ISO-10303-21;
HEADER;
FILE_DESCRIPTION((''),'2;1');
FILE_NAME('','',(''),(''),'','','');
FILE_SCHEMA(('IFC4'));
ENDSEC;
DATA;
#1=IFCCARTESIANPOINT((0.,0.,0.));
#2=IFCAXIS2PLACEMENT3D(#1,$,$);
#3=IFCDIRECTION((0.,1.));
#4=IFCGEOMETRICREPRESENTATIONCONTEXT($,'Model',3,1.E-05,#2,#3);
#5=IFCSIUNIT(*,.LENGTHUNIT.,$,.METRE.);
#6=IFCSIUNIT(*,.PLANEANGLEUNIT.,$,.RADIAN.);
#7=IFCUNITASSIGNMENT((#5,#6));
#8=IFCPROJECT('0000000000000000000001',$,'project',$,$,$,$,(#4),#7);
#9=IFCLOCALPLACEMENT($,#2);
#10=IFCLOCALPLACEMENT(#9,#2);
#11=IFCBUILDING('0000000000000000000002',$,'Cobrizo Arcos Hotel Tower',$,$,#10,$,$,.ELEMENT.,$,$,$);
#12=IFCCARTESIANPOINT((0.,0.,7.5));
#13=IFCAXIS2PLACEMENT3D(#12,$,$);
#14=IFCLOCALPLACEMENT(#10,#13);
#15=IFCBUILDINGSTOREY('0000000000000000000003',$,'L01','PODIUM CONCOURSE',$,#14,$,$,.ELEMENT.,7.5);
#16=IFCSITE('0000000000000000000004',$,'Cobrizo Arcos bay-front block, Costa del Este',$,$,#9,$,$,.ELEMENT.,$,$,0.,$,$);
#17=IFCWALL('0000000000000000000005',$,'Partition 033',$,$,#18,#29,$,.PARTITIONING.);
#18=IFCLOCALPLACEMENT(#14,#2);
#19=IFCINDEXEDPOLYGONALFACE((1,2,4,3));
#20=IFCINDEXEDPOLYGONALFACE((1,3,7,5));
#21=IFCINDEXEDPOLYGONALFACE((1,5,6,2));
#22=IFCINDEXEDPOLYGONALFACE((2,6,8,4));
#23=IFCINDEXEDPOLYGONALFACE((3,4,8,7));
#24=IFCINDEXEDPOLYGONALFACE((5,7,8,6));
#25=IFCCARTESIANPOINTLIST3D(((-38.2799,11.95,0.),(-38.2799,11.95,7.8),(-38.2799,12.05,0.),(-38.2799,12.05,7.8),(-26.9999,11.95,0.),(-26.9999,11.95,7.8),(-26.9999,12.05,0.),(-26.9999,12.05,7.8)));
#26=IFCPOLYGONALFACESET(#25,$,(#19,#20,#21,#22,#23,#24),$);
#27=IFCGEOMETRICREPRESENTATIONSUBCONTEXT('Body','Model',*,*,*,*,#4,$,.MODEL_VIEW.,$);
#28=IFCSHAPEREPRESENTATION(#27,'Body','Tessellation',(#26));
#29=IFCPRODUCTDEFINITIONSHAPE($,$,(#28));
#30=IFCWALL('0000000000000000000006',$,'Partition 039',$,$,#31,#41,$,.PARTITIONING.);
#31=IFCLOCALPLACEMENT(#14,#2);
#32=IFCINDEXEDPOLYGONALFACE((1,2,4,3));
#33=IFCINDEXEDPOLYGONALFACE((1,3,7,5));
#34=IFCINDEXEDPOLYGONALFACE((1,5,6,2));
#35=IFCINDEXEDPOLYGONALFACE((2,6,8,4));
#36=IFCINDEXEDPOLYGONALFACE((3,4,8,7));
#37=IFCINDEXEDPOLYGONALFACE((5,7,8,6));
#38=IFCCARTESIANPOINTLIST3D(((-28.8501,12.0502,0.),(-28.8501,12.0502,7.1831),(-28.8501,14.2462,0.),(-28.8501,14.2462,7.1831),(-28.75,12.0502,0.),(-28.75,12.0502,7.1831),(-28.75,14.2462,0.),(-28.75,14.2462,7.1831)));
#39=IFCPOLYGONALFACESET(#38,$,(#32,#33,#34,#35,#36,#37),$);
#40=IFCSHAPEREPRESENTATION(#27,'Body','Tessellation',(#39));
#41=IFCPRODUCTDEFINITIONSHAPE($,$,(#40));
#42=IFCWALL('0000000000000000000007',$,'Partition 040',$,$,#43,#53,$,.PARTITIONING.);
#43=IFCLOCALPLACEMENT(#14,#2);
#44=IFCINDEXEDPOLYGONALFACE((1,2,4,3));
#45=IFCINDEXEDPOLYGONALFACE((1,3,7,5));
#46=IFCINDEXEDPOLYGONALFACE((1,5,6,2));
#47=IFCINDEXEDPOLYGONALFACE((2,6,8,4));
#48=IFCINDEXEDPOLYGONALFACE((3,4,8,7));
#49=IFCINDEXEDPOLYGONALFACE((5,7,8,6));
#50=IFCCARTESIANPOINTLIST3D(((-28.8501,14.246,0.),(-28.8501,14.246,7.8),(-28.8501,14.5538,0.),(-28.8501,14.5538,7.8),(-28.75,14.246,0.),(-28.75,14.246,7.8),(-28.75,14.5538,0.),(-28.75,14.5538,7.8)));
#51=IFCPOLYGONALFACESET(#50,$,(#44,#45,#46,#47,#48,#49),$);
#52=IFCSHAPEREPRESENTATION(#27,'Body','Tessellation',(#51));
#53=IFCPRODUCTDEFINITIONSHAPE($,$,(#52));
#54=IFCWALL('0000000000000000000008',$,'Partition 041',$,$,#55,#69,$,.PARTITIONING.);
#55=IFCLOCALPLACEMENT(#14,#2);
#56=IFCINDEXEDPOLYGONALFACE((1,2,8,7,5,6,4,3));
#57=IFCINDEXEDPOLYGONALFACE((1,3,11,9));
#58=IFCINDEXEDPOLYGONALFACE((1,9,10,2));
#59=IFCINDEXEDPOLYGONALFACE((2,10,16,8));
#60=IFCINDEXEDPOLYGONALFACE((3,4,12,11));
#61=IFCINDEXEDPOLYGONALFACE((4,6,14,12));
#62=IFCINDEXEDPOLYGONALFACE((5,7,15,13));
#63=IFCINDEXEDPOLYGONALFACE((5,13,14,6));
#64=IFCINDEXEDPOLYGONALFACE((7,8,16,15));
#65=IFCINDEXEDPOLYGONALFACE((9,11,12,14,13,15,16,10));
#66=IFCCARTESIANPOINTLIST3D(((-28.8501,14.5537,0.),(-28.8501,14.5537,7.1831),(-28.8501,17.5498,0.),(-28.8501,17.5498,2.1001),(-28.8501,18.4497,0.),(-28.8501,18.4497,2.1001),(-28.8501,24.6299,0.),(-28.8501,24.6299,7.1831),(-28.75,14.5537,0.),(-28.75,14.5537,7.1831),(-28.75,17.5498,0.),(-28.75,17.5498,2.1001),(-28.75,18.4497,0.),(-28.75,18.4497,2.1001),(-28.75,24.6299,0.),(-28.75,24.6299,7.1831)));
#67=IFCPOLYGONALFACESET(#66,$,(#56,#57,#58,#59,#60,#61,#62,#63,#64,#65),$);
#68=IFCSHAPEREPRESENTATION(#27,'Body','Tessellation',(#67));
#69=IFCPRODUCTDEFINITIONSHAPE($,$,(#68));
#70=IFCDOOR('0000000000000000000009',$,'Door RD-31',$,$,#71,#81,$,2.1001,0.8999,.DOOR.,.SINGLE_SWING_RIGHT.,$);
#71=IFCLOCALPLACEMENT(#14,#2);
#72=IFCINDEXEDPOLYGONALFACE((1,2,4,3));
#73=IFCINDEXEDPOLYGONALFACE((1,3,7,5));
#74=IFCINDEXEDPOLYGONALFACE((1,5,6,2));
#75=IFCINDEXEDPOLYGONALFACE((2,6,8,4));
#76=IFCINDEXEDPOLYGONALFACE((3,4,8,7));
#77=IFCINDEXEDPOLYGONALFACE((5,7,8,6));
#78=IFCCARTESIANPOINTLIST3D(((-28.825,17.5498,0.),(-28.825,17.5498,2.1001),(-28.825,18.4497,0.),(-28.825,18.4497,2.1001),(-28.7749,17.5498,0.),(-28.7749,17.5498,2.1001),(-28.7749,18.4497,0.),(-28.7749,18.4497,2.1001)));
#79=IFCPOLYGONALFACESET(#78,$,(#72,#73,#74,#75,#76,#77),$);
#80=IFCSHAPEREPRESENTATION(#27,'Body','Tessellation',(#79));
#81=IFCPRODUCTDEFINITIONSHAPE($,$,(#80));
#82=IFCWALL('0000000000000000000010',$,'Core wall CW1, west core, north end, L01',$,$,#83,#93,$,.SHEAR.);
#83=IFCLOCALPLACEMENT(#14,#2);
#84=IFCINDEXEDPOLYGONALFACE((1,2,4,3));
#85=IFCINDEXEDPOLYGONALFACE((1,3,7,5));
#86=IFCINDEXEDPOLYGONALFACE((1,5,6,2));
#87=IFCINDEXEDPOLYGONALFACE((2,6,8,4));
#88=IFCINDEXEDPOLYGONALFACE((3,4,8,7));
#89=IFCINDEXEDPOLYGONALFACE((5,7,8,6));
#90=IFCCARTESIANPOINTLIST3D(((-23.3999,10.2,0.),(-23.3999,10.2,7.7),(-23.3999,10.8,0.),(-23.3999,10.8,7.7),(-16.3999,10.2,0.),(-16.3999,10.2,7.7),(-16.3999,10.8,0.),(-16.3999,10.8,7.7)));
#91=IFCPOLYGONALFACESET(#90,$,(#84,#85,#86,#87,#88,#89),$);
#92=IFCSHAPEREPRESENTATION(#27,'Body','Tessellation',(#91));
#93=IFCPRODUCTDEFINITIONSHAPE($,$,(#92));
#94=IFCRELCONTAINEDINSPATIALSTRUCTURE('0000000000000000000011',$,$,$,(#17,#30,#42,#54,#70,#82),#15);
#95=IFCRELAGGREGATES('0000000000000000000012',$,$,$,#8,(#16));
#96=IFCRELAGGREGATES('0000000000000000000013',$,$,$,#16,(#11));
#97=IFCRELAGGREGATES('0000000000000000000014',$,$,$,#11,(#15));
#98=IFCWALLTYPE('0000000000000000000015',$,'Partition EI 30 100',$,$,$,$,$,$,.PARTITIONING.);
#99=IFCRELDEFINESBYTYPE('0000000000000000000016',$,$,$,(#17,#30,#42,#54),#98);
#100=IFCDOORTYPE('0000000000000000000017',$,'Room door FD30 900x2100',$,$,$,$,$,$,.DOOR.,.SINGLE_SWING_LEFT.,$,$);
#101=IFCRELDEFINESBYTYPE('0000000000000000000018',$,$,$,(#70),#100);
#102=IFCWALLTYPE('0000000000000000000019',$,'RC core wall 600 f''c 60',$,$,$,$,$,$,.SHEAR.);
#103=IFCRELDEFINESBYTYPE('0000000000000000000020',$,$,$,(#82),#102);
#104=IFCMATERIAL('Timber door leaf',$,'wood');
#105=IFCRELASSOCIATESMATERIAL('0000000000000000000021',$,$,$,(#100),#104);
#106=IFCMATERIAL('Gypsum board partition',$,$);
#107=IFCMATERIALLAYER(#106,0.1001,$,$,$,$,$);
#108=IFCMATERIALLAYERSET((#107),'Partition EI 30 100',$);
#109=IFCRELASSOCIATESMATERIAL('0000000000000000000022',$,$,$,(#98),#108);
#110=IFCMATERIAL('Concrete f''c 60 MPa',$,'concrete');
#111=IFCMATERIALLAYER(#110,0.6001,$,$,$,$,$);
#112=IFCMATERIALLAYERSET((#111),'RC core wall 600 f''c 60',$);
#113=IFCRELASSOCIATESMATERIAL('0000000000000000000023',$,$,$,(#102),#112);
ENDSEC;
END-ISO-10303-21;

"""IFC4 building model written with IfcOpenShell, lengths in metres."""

from ifc_helpers import new_model, si_unit, direction, frame, frame_2d, origin, place, context, subcontext, project, spatial, rectangle, extrude, material, layer, layer_set, type_object, element, fill, save


model = new_model("IFC4")

# Units and contexts
model_context = context("Model", 3, precision=1e-05, world=origin(), true_north=direction((0.0, 1.0)))
body_context = subcontext(model_context, "Body", "Model", "MODEL_VIEW")
ifc_project = project(units=[si_unit("LENGTHUNIT", "METRE"), si_unit("PLANEANGLEUNIT", "RADIAN")], contexts=[model_context])

# Site, building, storey
site_placement = place(None, origin())
site = spatial("IfcSite", under=ifc_project, at=site_placement, Name="Cobrizo Arcos bay-front block, Costa del Este", CompositionType="ELEMENT", RefElevation=0.0)
building_placement = place(site_placement, origin())
building = spatial("IfcBuilding", under=site, at=building_placement, Name="Cobrizo Arcos Hotel Tower", CompositionType="ELEMENT")
storey_placement = place(building_placement, frame((0.0, 0.0, 7.5)))
storey = spatial("IfcBuildingStorey", under=building, at=storey_placement, Name="L01", Description="PODIUM CONCOURSE", CompositionType="ELEMENT", Elevation=7.5)

# Shared definitions
ifc_material_1 = material(Name="Gypsum board partition")
ifc_material_2 = material(Name="Timber door leaf", Category="wood")
door_type = type_object("IfcDoorType", Name="Room door FD30 900x2100", OperationType="SINGLE_SWING_LEFT", PredefinedType="DOOR", material=ifc_material_2)

# Walls
ifc_layer_1 = layer(ifc_material_1, 0.1001)
ifc_layer_set_1 = layer_set([ifc_layer_1], Name="Partition EI 30 100")
wall_type_1 = type_object("IfcWallType", Name="Partition EI 30 100", PredefinedType="PARTITIONING", material=ifc_layer_set_1)
wall_1_placement = place(storey_placement, frame((-38.28, 12.0, 0.0), z_axis=(0.0, 0.0, 1.0), x_axis=(1.0, 0.0, 0.0)))
element("IfcWall", 1, at=wall_1_placement, inside=storey, type_object=wall_type_1, Name="Partition 033", PredefinedType="PARTITIONING", context=body_context, shape_type="SweptSolid", body=[
    extrude(rectangle(XDim=11.28, YDim=0.1001, at=frame_2d((5.6401, 0.0))), origin(), (0.0, 0.0, 1.0), 7.8),
])
wall_2_placement = place(storey_placement, frame((-28.8, 12.05, 0.0), z_axis=(0.0, 0.0, 1.0), x_axis=(0.0, 1.0, 0.0)))
element("IfcWall", 2, at=wall_2_placement, inside=storey, type_object=wall_type_1, Name="Partition 039", PredefinedType="PARTITIONING", context=body_context, shape_type="SweptSolid", body=[
    extrude(rectangle(XDim=2.196, YDim=0.1001, at=frame_2d((1.0981, 0.0))), origin(), (0.0, 0.0, 1.0), 7.1831),
])
wall_3_placement = place(storey_placement, frame((-28.8, 14.2461, 0.0), z_axis=(0.0, 0.0, 1.0), x_axis=(0.0, 1.0, 0.0)))
element("IfcWall", 3, at=wall_3_placement, inside=storey, type_object=wall_type_1, Name="Partition 040", PredefinedType="PARTITIONING", context=body_context, shape_type="SweptSolid", body=[
    extrude(rectangle(XDim=0.3079, YDim=0.1001, at=frame_2d((0.1538, 0.0))), origin(), (0.0, 0.0, 1.0), 7.8),
])

# Wall, opening, door
wall_4_placement = place(storey_placement, frame((-28.8, 14.5537, 0.0), z_axis=(0.0, 0.0, 1.0), x_axis=(0.0, 1.0, 0.0)))
wall_4 = element("IfcWall", 4, at=wall_4_placement, inside=storey, type_object=wall_type_1, Name="Partition 041", PredefinedType="PARTITIONING", context=body_context, shape_type="SweptSolid", body=[
    extrude(rectangle(XDim=10.0762, YDim=0.1001, at=frame_2d((5.0381, 0.0))), origin(), (0.0, 0.0, 1.0), 7.1831),
])
opening_1_placement = place(wall_4_placement, frame((2.9961, 0.0, 0.0)))
opening_1 = element("IfcOpeningElement", 5, at=opening_1_placement, cuts=wall_4, PredefinedType="OPENING", context=body_context, shape_type="SweptSolid", body=[
    extrude(rectangle(XDim=0.8999, YDim=2.1001, at=frame_2d((0.45, 1.05))), frame((0.0, 0.062, 0.0), z_axis=(0.0, -1.0, 0.0), x_axis=(1.0, 0.0, 0.0)), (0.0, 0.0, 1.0), 0.124),
])
door_1_placement = place(opening_1_placement, origin())
door_1 = element("IfcDoor", 6, at=door_1_placement, inside=storey, type_object=door_type, Name="Door RD-31", OperationType="SINGLE_SWING_RIGHT", OverallHeight=2.1001, OverallWidth=0.8999, PredefinedType="DOOR", context=body_context, shape_type="SweptSolid", body=[
    extrude(rectangle(XDim=0.8999, YDim=2.1001, at=frame_2d((0.45, 1.05))), frame((0.0, 0.0249, 0.0), z_axis=(0.0, -1.0, 0.0), x_axis=(1.0, 0.0, 0.0)), (0.0, 0.0, 1.0), 0.05),
])
fill(opening_1, door_1)

# Wall
ifc_material_3 = material(Name="Concrete f'c 60 MPa", Category="concrete")
ifc_layer_2 = layer(ifc_material_3, 0.6001)
ifc_layer_set_2 = layer_set([ifc_layer_2], Name="RC core wall 600 f'c 60")
wall_type_2 = type_object("IfcWallType", Name="RC core wall 600 f'c 60", PredefinedType="SHEAR", material=ifc_layer_set_2)
wall_5_placement = place(storey_placement, frame((-23.3999, 10.5, 0.0), z_axis=(0.0, 0.0, 1.0), x_axis=(1.0, 0.0, 0.0)))
element("IfcWall", 7, at=wall_5_placement, inside=storey, type_object=wall_type_2, Name="Core wall CW1, west core, north end, L01", PredefinedType="SHEAR", context=body_context, shape_type="SweptSolid", body=[
    extrude(rectangle(XDim=7.0, YDim=0.6001, at=frame_2d((3.5, 0.0))), origin(), (0.0, 0.0, 1.0), 7.7),
])

save(model, "model.ifc")
